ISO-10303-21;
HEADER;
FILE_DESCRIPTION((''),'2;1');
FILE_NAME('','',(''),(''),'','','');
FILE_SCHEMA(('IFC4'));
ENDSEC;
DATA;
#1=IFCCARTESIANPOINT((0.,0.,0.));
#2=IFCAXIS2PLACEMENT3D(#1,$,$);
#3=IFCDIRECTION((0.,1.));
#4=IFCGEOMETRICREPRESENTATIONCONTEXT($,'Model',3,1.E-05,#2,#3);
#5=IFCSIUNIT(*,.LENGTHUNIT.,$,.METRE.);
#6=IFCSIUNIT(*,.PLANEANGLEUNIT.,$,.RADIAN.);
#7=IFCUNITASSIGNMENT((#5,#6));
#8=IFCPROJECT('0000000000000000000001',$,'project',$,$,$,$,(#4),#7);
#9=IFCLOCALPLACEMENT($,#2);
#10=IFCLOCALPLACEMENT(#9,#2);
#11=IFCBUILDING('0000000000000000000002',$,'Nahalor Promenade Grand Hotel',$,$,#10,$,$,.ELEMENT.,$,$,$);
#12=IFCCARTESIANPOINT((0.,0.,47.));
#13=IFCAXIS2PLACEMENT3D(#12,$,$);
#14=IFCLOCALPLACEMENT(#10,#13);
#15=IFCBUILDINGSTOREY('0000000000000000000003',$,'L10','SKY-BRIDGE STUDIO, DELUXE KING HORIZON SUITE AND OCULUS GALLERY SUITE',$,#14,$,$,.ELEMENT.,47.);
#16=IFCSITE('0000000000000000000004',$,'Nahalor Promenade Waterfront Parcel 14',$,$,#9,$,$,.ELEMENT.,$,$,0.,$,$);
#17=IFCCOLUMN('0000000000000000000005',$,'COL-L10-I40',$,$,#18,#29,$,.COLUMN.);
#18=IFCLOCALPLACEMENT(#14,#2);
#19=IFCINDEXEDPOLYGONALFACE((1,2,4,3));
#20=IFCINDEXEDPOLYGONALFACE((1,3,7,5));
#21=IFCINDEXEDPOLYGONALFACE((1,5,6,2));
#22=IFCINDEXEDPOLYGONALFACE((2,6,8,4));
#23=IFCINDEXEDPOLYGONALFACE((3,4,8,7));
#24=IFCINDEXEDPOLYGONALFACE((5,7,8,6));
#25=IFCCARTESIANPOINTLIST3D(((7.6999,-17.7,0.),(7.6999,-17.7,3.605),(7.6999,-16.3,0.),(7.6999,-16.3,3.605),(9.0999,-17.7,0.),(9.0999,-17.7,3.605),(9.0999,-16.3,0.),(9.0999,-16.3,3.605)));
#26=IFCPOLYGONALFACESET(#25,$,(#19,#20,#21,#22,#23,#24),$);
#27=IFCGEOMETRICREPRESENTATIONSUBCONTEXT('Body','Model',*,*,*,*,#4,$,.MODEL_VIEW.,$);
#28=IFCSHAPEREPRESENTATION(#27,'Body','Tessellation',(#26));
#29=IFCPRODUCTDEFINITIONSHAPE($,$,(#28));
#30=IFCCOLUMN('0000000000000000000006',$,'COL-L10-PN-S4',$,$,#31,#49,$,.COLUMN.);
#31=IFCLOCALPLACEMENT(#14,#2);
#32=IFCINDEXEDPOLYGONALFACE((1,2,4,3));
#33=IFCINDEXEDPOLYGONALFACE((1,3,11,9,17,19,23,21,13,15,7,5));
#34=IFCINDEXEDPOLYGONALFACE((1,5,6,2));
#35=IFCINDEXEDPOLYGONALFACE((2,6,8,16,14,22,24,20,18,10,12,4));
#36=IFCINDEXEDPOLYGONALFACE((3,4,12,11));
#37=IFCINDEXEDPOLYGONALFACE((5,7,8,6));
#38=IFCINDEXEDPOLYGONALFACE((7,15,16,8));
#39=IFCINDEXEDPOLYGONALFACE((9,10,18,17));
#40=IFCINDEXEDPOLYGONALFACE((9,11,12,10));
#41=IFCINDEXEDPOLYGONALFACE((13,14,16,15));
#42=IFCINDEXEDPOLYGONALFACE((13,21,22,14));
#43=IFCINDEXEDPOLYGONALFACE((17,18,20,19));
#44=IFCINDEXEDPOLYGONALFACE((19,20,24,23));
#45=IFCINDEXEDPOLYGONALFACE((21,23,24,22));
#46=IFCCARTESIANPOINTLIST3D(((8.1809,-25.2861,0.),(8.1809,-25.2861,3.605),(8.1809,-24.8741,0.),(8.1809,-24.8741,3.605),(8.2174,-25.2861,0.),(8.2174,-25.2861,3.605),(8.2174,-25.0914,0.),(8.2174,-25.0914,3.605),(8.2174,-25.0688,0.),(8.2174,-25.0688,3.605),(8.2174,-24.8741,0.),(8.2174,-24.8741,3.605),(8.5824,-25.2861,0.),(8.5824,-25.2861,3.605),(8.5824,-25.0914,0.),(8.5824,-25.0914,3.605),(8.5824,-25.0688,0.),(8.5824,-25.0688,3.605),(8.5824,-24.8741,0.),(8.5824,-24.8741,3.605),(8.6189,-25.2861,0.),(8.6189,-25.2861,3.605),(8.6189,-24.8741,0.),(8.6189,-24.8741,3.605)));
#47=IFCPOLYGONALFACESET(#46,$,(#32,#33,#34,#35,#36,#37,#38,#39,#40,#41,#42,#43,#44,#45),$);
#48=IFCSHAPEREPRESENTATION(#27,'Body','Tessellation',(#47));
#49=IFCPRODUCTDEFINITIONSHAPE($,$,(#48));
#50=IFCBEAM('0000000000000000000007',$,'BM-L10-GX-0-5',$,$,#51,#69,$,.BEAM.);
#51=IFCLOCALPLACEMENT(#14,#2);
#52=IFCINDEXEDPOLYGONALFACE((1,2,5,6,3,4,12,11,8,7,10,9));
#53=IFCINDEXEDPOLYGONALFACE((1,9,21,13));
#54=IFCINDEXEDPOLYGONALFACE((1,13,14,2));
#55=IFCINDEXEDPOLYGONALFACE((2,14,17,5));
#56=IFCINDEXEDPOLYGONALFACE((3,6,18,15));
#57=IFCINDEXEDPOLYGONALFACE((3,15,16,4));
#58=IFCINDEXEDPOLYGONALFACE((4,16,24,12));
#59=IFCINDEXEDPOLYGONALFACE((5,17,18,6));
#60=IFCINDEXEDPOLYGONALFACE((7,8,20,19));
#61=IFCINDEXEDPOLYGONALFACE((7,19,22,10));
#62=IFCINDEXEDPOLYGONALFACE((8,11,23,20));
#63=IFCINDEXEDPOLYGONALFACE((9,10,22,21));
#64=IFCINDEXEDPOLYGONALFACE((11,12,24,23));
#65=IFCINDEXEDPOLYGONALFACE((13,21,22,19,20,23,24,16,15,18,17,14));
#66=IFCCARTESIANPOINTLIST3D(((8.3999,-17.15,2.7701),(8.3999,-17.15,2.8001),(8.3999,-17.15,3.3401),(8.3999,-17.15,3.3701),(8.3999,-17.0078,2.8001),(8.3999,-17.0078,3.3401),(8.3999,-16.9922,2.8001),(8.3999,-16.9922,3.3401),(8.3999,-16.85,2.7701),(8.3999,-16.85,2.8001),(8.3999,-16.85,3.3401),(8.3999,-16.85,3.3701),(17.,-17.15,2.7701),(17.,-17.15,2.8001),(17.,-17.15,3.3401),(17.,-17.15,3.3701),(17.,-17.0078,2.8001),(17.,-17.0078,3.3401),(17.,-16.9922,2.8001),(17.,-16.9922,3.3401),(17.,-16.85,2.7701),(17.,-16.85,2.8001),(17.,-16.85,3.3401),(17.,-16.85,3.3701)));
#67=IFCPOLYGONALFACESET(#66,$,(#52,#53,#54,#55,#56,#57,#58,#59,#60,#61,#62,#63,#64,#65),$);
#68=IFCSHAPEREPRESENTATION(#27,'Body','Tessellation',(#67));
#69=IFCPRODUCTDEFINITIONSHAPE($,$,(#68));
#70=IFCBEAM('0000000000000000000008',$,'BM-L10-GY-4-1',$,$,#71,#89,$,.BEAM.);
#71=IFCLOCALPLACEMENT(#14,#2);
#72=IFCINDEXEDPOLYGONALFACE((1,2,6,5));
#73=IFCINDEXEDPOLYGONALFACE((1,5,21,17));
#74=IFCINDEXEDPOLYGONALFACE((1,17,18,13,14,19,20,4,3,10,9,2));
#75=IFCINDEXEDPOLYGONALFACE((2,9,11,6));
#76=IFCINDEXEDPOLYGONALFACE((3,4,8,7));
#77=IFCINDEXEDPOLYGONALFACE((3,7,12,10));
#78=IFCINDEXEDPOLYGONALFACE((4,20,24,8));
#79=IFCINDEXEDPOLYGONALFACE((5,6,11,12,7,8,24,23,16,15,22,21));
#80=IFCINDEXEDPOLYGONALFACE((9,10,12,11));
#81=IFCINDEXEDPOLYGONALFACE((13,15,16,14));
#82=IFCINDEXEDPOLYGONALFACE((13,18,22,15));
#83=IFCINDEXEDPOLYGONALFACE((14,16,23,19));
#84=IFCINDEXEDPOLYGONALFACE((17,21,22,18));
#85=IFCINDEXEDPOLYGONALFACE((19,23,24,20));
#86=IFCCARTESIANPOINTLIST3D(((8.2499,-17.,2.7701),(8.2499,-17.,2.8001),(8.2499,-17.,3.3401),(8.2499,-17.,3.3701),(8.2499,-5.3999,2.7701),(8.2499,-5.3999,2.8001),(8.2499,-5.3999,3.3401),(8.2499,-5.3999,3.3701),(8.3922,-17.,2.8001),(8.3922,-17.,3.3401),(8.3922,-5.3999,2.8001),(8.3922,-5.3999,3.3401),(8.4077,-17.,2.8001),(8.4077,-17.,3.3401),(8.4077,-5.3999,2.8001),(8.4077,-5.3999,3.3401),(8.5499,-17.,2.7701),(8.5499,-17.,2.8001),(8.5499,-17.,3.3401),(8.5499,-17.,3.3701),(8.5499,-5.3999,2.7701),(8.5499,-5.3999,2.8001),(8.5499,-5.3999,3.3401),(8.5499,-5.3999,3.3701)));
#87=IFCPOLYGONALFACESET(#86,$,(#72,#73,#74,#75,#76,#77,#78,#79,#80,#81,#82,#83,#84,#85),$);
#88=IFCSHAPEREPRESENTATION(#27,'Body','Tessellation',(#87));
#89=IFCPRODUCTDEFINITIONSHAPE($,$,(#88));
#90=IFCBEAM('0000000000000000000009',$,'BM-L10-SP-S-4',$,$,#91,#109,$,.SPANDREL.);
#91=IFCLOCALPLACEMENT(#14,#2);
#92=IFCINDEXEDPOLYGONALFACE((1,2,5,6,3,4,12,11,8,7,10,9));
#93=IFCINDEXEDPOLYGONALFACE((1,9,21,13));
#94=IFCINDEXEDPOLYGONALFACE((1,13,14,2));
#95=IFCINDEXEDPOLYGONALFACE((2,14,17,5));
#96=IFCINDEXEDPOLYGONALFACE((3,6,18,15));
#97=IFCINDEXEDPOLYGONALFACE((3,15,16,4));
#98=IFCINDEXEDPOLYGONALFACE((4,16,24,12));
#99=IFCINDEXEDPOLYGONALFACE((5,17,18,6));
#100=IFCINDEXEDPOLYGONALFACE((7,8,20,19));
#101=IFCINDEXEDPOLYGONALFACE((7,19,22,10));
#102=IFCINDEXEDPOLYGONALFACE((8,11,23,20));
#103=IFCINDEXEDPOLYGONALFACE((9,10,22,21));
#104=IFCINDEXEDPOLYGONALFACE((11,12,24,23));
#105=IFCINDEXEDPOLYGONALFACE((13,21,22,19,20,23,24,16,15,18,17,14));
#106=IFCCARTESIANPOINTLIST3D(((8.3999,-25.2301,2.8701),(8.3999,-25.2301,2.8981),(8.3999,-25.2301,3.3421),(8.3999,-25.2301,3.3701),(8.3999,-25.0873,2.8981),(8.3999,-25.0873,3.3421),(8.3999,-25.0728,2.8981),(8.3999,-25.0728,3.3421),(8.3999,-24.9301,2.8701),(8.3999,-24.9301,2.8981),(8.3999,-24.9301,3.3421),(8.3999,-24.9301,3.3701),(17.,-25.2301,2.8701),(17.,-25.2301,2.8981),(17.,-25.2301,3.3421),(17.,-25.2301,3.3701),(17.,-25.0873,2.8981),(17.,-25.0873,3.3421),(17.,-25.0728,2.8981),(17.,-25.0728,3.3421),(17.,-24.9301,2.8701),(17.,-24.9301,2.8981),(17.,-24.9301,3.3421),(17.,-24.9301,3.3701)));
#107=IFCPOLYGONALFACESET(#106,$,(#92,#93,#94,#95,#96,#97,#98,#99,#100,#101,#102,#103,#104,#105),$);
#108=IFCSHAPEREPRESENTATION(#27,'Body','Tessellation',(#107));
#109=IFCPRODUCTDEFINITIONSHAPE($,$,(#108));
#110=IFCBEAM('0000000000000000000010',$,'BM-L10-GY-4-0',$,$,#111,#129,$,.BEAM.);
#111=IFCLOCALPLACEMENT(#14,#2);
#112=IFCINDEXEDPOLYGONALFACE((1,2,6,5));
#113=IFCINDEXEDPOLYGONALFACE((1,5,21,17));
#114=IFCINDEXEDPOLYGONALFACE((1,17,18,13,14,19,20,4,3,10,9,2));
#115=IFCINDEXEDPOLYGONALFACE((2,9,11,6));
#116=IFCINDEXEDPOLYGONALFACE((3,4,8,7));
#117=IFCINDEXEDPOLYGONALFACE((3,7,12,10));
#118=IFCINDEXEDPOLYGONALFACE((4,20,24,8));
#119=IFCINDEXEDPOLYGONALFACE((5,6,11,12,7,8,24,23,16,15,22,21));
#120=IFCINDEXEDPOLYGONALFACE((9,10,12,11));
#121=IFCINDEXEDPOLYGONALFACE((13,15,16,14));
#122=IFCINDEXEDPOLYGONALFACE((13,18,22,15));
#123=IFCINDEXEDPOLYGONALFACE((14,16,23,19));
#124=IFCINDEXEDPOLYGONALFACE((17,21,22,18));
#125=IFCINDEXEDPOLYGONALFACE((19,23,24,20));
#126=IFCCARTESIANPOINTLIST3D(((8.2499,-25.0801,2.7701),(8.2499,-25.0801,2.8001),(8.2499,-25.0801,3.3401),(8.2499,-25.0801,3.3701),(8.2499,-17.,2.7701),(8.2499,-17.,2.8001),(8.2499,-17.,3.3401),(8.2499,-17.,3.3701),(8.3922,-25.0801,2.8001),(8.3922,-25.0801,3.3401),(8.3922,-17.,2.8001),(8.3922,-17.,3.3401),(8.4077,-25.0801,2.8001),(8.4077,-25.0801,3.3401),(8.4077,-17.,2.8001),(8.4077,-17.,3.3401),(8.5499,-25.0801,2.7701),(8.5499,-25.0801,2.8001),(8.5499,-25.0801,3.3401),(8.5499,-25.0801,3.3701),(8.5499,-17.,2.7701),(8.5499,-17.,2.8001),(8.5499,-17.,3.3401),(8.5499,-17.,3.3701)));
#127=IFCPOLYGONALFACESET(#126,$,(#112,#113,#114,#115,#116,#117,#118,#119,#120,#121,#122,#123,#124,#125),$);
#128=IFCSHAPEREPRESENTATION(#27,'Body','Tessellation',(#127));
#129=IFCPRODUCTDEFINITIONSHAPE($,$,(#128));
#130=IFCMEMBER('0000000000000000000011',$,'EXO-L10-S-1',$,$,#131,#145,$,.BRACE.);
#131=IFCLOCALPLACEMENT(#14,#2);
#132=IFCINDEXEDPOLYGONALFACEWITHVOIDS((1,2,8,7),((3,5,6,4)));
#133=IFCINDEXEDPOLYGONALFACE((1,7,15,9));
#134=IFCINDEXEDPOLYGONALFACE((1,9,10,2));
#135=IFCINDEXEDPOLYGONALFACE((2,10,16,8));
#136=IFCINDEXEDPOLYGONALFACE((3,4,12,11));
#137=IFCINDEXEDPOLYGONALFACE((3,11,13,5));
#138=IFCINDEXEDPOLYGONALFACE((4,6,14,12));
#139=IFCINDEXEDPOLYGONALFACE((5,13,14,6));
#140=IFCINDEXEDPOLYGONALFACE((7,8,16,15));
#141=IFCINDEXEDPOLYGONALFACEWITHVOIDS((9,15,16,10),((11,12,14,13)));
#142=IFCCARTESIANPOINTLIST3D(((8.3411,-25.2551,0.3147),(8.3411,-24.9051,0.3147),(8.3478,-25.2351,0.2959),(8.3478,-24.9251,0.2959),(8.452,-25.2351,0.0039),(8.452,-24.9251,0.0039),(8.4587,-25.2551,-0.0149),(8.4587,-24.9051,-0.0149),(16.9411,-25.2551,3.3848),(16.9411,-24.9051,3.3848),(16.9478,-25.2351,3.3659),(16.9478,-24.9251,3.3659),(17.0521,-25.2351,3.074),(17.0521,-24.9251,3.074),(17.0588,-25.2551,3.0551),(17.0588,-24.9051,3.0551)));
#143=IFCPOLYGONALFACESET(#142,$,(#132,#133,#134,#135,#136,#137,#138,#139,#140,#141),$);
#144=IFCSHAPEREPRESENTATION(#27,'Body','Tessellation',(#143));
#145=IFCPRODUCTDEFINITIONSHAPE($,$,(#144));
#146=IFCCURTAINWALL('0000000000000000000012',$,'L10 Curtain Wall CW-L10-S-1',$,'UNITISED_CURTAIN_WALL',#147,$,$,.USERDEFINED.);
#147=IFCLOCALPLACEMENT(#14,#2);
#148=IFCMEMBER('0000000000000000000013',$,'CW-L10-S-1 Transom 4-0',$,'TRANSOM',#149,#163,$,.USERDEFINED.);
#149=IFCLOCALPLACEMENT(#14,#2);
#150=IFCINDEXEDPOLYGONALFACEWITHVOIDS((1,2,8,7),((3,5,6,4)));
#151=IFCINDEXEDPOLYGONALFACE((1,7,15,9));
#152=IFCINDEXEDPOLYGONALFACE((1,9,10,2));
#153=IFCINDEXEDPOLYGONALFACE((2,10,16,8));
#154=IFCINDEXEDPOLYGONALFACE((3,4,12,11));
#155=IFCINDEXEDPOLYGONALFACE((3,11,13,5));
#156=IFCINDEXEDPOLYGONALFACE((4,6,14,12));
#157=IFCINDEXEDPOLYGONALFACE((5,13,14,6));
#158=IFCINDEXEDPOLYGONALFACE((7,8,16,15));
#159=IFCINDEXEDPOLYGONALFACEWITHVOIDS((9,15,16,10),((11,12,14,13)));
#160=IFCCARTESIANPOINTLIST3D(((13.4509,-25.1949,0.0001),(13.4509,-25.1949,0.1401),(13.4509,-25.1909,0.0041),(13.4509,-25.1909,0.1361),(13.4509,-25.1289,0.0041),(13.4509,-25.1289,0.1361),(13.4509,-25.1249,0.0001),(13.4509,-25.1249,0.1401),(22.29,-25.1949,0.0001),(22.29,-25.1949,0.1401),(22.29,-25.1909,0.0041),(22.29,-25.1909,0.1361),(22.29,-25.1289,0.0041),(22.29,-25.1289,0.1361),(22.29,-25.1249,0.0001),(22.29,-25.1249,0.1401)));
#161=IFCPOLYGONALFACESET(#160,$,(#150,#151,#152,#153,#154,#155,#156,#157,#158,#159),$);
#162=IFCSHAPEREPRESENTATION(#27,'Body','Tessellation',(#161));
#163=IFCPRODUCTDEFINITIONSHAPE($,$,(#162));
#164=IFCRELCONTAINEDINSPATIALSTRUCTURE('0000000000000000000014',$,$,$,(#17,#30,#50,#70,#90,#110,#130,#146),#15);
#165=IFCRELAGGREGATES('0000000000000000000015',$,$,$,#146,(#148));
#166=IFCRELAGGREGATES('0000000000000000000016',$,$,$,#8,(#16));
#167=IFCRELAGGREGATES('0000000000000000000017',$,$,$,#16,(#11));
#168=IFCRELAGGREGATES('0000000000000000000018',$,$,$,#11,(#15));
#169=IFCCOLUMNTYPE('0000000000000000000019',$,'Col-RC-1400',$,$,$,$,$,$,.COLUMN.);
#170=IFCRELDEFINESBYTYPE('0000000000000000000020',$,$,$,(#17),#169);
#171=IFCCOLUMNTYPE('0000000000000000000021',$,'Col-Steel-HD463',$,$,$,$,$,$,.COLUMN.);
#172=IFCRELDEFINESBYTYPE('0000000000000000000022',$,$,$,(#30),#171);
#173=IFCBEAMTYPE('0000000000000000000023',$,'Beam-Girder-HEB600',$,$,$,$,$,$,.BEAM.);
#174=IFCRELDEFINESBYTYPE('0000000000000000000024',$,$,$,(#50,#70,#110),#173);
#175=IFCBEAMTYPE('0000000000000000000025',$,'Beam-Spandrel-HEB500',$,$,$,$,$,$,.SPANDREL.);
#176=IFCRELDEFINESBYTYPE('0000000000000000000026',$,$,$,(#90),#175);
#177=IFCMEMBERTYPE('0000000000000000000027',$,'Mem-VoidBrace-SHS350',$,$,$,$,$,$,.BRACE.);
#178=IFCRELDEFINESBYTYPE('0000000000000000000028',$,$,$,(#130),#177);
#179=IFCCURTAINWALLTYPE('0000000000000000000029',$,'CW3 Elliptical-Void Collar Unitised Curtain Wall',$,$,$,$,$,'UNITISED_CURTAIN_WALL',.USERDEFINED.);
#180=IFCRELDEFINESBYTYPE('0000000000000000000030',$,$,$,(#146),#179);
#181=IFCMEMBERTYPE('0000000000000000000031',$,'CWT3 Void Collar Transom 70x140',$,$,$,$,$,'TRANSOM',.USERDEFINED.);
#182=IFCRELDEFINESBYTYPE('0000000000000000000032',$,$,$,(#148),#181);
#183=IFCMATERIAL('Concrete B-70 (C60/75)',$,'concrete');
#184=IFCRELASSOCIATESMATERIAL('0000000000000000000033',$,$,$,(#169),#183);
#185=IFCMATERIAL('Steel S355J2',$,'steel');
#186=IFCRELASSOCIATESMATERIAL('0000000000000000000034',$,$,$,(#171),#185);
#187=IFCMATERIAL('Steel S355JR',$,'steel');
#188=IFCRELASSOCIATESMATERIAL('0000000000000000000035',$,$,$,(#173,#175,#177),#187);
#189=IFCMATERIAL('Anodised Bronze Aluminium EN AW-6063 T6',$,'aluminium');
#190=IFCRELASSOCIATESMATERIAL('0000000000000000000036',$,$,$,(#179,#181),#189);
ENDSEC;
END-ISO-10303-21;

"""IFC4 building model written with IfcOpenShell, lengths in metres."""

from ifc_helpers import new_model, si_unit, direction, frame, origin, origin_2d, place, context, subcontext, project, spatial, rectangle, hollow_rectangle, i_section, extrude, source, transform, mapped, material, material_profile, profile_set, type_object, element, aggregate, save


model = new_model("IFC4")

# Units and contexts
model_context = context("Model", 3, precision=1e-05, world=origin(), true_north=direction((0.0, 1.0)))
body_context = subcontext(model_context, "Body", "Model", "MODEL_VIEW")
ifc_project = project(units=[si_unit("LENGTHUNIT", "METRE"), si_unit("PLANEANGLEUNIT", "RADIAN")], contexts=[model_context])

# Site, building, storey
site_placement = place(None, origin())
site = spatial("IfcSite", under=ifc_project, at=site_placement, Name="Nahalor Promenade Waterfront Parcel 14", CompositionType="ELEMENT", RefElevation=0.0)
building_placement = place(site_placement, origin())
building = spatial("IfcBuilding", under=site, at=building_placement, Name="Nahalor Promenade Grand Hotel", CompositionType="ELEMENT")
storey_placement = place(building_placement, frame((0.0, 0.0, 47.0)))
storey = spatial("IfcBuildingStorey", under=building, at=storey_placement, Name="L10", Description="SKY-BRIDGE STUDIO, DELUXE KING HORIZON SUITE AND OCULUS GALLERY SUITE", CompositionType="ELEMENT", Elevation=47.0)

# Columns
ifc_material_1 = material(Name="Concrete B-70 (C60/75)", Category="concrete")
ifc_material_profile_1 = material_profile(ifc_material_1, rectangle(XDim=1.4, YDim=1.4, at=origin_2d()), Name="RC 1400x1400")
ifc_profile_set_1 = profile_set([ifc_material_profile_1], Name="Concrete B-70 (C60/75)")
column_type_1 = type_object("IfcColumnType", Name="Col-RC-1400", PredefinedType="COLUMN", material=ifc_profile_set_1)
shared_shape_1 = source(origin(), body_context, "Body", "SweptSolid", [
    extrude(rectangle(XDim=1.4, YDim=1.4, at=origin_2d()), origin(), (0.0, 0.0, 1.0), 3.605),
])
column_1_placement = place(storey_placement, frame((8.3999, -17.0, 0.0), z_axis=(0.0, 0.0, 1.0), x_axis=(1.0, 0.0, 0.0)))
element("IfcColumn", 1, at=column_1_placement, inside=storey, type_object=column_type_1, Name="COL-L10-I40", PredefinedType="COLUMN", context=body_context, shape_type="MappedRepresentation", body=[
    mapped(shared_shape_1, transform((0.0, 0.0, 0.0), scale=1.0)),
])
ifc_material_2 = material(Name="Steel S355J2", Category="steel")
ifc_material_profile_2 = material_profile(ifc_material_2, i_section(OverallWidth=0.412, OverallDepth=0.438, WebThickness=0.0226, FlangeThickness=0.0365, at=origin_2d()), Name="HD 400x463")
ifc_profile_set_2 = profile_set([ifc_material_profile_2], Name="Steel S355J2")
column_type_2 = type_object("IfcColumnType", Name="Col-Steel-HD463", PredefinedType="COLUMN", material=ifc_profile_set_2)
shared_shape_2 = source(origin(), body_context, "Body", "SweptSolid", [
    extrude(i_section(OverallWidth=0.412, OverallDepth=0.438, WebThickness=0.0226, FlangeThickness=0.0365, at=origin_2d()), origin(), (0.0, 0.0, 1.0), 3.605),
])
column_2_placement = place(storey_placement, frame((8.3999, -25.0801, 0.0), z_axis=(0.0, 0.0, 1.0), x_axis=(0.0, 1.0, 0.0)))
element("IfcColumn", 2, at=column_2_placement, inside=storey, type_object=column_type_2, Name="COL-L10-PN-S4", PredefinedType="COLUMN", context=body_context, shape_type="MappedRepresentation", body=[
    mapped(shared_shape_2, transform((0.0, 0.0, 0.0), scale=1.0)),
])

# Beams
ifc_material_3 = material(Name="Steel S355JR", Category="steel")
ifc_material_profile_3 = material_profile(ifc_material_3, i_section(OverallWidth=0.3, OverallDepth=0.6, WebThickness=0.0155, FlangeThickness=0.03, at=origin_2d()), Name="HEB 600")
ifc_profile_set_3 = profile_set([ifc_material_profile_3], Name="Steel S355JR")
beam_type_1 = type_object("IfcBeamType", Name="Beam-Girder-HEB600", PredefinedType="BEAM", material=ifc_profile_set_3)
shared_shape_3 = source(origin(), body_context, "Body", "SweptSolid", [
    extrude(i_section(OverallWidth=0.3, OverallDepth=0.6, WebThickness=0.0155, FlangeThickness=0.03, at=origin_2d()), origin(), (0.0, 0.0, 1.0), 8.6001),
])
beam_1_placement = place(storey_placement, frame((8.3999, -17.0, 3.0701), z_axis=(1.0, 0.0, 0.0), x_axis=(0.0, 1.0, 0.0)))
element("IfcBeam", 3, at=beam_1_placement, inside=storey, type_object=beam_type_1, Name="BM-L10-GX-0-5", PredefinedType="BEAM", context=body_context, shape_type="MappedRepresentation", body=[
    mapped(shared_shape_3, transform((0.0, 0.0, 0.0), scale=1.0)),
])
shared_shape_4 = source(origin(), body_context, "Body", "SweptSolid", [
    extrude(i_section(OverallWidth=0.3, OverallDepth=0.6, WebThickness=0.0155, FlangeThickness=0.03, at=origin_2d()), origin(), (0.0, 0.0, 1.0), 11.6001),
])
beam_2_placement = place(storey_placement, frame((8.3999, -17.0, 3.0701), z_axis=(0.0, 1.0, 0.0), x_axis=(-1.0, 0.0, 0.0)))
element("IfcBeam", 4, at=beam_2_placement, inside=storey, type_object=beam_type_1, Name="BM-L10-GY-4-1", PredefinedType="BEAM", context=body_context, shape_type="MappedRepresentation", body=[
    mapped(shared_shape_4, transform((0.0, 0.0, 0.0), scale=1.0)),
])
ifc_material_profile_4 = material_profile(ifc_material_3, i_section(OverallWidth=0.3, OverallDepth=0.5, WebThickness=0.0145, FlangeThickness=0.028, at=origin_2d()), Name="HEB 500")
ifc_profile_set_4 = profile_set([ifc_material_profile_4], Name="Steel S355JR")
beam_type_2 = type_object("IfcBeamType", Name="Beam-Spandrel-HEB500", PredefinedType="SPANDREL", material=ifc_profile_set_4)
shared_shape_5 = source(origin(), body_context, "Body", "SweptSolid", [
    extrude(i_section(OverallWidth=0.3, OverallDepth=0.5, WebThickness=0.0145, FlangeThickness=0.028, at=origin_2d()), origin(), (0.0, 0.0, 1.0), 8.6001),
])
beam_3_placement = place(storey_placement, frame((8.3999, -25.0801, 3.1201), z_axis=(1.0, 0.0, 0.0), x_axis=(0.0, 1.0, 0.0)))
element("IfcBeam", 5, at=beam_3_placement, inside=storey, type_object=beam_type_2, Name="BM-L10-SP-S-4", PredefinedType="SPANDREL", context=body_context, shape_type="MappedRepresentation", body=[
    mapped(shared_shape_5, transform((0.0, 0.0, 0.0), scale=1.0)),
])
shared_shape_6 = source(origin(), body_context, "Body", "SweptSolid", [
    extrude(i_section(OverallWidth=0.3, OverallDepth=0.6, WebThickness=0.0155, FlangeThickness=0.03, at=origin_2d()), origin(), (0.0, 0.0, 1.0), 8.0801),
])
beam_4_placement = place(storey_placement, frame((8.3999, -25.0801, 3.0701), z_axis=(0.0, 1.0, 0.0), x_axis=(-1.0, 0.0, 0.0)))
element("IfcBeam", 6, at=beam_4_placement, inside=storey, type_object=beam_type_1, Name="BM-L10-GY-4-0", PredefinedType="BEAM", context=body_context, shape_type="MappedRepresentation", body=[
    mapped(shared_shape_6, transform((0.0, 0.0, 0.0), scale=1.0)),
])

# Member
ifc_material_profile_5 = material_profile(ifc_material_3, hollow_rectangle(XDim=0.35, YDim=0.35, WallThickness=0.02, at=origin_2d()), Name="SHS 350x350x20")
ifc_profile_set_5 = profile_set([ifc_material_profile_5], Name="Steel S355JR")
member_type_1 = type_object("IfcMemberType", Name="Mem-VoidBrace-SHS350", PredefinedType="BRACE", material=ifc_profile_set_5)
shared_shape_7 = source(origin(), body_context, "Body", "SweptSolid", [
    extrude(hollow_rectangle(XDim=0.35, YDim=0.35, WallThickness=0.02, at=origin_2d()), origin(), (0.0, 0.0, 1.0), 9.1316),
])
member_1_placement = place(storey_placement, frame((8.3999, -25.0801, 0.1499), z_axis=(0.94179, 0.0, 0.336201), x_axis=(0.0, 1.0, 0.0)))
element("IfcMember", 7, at=member_1_placement, inside=storey, type_object=member_type_1, Name="EXO-L10-S-1", PredefinedType="BRACE", context=body_context, shape_type="MappedRepresentation", body=[
    mapped(shared_shape_7, transform((0.0, 0.0, 0.0), scale=1.0)),
])

# Curtain wall, member
ifc_material_4 = material(Name="Anodised Bronze Aluminium EN AW-6063 T6", Category="aluminium")
curtain_wall_type = type_object("IfcCurtainWallType", Name="CW3 Elliptical-Void Collar Unitised Curtain Wall", ElementType="UNITISED_CURTAIN_WALL", PredefinedType="USERDEFINED", material=ifc_material_4)
curtain_wall_placement = place(storey_placement, origin())
curtain_wall = element("IfcCurtainWall", 8, at=curtain_wall_placement, inside=storey, type_object=curtain_wall_type, Name="L10 Curtain Wall CW-L10-S-1", ObjectType="UNITISED_CURTAIN_WALL", PredefinedType="USERDEFINED")
ifc_material_profile_6 = material_profile(ifc_material_4, hollow_rectangle(XDim=0.07, YDim=0.14, WallThickness=0.004, at=origin_2d()), Name="CWT 70x140x4")
ifc_profile_set_6 = profile_set([ifc_material_profile_6], Name="Anodised Bronze Aluminium EN AW-6063 T6")
member_type_2 = type_object("IfcMemberType", Name="CWT3 Void Collar Transom 70x140", ElementType="TRANSOM", PredefinedType="USERDEFINED", material=ifc_profile_set_6)
shared_shape_8 = source(origin(), body_context, "Body", "SweptSolid", [
    extrude(hollow_rectangle(XDim=0.07, YDim=0.14, WallThickness=0.004, at=origin_2d()), origin(), (0.0, 0.0, 1.0), 8.8391),
])
member_2_placement = place(storey_placement, frame((13.4509, -25.1599, 0.0701), z_axis=(1.0, 0.0, 0.0), x_axis=(0.0, 1.0, 0.0)))
member_2 = element("IfcMember", 9, at=member_2_placement, type_object=member_type_2, Name="CW-L10-S-1 Transom 4-0", ObjectType="TRANSOM", PredefinedType="USERDEFINED", context=body_context, shape_type="MappedRepresentation", body=[
    mapped(shared_shape_8, transform((0.0, 0.0, 0.0), scale=1.0)),
])
aggregate(curtain_wall, [member_2])

save(model, "model.ifc")
